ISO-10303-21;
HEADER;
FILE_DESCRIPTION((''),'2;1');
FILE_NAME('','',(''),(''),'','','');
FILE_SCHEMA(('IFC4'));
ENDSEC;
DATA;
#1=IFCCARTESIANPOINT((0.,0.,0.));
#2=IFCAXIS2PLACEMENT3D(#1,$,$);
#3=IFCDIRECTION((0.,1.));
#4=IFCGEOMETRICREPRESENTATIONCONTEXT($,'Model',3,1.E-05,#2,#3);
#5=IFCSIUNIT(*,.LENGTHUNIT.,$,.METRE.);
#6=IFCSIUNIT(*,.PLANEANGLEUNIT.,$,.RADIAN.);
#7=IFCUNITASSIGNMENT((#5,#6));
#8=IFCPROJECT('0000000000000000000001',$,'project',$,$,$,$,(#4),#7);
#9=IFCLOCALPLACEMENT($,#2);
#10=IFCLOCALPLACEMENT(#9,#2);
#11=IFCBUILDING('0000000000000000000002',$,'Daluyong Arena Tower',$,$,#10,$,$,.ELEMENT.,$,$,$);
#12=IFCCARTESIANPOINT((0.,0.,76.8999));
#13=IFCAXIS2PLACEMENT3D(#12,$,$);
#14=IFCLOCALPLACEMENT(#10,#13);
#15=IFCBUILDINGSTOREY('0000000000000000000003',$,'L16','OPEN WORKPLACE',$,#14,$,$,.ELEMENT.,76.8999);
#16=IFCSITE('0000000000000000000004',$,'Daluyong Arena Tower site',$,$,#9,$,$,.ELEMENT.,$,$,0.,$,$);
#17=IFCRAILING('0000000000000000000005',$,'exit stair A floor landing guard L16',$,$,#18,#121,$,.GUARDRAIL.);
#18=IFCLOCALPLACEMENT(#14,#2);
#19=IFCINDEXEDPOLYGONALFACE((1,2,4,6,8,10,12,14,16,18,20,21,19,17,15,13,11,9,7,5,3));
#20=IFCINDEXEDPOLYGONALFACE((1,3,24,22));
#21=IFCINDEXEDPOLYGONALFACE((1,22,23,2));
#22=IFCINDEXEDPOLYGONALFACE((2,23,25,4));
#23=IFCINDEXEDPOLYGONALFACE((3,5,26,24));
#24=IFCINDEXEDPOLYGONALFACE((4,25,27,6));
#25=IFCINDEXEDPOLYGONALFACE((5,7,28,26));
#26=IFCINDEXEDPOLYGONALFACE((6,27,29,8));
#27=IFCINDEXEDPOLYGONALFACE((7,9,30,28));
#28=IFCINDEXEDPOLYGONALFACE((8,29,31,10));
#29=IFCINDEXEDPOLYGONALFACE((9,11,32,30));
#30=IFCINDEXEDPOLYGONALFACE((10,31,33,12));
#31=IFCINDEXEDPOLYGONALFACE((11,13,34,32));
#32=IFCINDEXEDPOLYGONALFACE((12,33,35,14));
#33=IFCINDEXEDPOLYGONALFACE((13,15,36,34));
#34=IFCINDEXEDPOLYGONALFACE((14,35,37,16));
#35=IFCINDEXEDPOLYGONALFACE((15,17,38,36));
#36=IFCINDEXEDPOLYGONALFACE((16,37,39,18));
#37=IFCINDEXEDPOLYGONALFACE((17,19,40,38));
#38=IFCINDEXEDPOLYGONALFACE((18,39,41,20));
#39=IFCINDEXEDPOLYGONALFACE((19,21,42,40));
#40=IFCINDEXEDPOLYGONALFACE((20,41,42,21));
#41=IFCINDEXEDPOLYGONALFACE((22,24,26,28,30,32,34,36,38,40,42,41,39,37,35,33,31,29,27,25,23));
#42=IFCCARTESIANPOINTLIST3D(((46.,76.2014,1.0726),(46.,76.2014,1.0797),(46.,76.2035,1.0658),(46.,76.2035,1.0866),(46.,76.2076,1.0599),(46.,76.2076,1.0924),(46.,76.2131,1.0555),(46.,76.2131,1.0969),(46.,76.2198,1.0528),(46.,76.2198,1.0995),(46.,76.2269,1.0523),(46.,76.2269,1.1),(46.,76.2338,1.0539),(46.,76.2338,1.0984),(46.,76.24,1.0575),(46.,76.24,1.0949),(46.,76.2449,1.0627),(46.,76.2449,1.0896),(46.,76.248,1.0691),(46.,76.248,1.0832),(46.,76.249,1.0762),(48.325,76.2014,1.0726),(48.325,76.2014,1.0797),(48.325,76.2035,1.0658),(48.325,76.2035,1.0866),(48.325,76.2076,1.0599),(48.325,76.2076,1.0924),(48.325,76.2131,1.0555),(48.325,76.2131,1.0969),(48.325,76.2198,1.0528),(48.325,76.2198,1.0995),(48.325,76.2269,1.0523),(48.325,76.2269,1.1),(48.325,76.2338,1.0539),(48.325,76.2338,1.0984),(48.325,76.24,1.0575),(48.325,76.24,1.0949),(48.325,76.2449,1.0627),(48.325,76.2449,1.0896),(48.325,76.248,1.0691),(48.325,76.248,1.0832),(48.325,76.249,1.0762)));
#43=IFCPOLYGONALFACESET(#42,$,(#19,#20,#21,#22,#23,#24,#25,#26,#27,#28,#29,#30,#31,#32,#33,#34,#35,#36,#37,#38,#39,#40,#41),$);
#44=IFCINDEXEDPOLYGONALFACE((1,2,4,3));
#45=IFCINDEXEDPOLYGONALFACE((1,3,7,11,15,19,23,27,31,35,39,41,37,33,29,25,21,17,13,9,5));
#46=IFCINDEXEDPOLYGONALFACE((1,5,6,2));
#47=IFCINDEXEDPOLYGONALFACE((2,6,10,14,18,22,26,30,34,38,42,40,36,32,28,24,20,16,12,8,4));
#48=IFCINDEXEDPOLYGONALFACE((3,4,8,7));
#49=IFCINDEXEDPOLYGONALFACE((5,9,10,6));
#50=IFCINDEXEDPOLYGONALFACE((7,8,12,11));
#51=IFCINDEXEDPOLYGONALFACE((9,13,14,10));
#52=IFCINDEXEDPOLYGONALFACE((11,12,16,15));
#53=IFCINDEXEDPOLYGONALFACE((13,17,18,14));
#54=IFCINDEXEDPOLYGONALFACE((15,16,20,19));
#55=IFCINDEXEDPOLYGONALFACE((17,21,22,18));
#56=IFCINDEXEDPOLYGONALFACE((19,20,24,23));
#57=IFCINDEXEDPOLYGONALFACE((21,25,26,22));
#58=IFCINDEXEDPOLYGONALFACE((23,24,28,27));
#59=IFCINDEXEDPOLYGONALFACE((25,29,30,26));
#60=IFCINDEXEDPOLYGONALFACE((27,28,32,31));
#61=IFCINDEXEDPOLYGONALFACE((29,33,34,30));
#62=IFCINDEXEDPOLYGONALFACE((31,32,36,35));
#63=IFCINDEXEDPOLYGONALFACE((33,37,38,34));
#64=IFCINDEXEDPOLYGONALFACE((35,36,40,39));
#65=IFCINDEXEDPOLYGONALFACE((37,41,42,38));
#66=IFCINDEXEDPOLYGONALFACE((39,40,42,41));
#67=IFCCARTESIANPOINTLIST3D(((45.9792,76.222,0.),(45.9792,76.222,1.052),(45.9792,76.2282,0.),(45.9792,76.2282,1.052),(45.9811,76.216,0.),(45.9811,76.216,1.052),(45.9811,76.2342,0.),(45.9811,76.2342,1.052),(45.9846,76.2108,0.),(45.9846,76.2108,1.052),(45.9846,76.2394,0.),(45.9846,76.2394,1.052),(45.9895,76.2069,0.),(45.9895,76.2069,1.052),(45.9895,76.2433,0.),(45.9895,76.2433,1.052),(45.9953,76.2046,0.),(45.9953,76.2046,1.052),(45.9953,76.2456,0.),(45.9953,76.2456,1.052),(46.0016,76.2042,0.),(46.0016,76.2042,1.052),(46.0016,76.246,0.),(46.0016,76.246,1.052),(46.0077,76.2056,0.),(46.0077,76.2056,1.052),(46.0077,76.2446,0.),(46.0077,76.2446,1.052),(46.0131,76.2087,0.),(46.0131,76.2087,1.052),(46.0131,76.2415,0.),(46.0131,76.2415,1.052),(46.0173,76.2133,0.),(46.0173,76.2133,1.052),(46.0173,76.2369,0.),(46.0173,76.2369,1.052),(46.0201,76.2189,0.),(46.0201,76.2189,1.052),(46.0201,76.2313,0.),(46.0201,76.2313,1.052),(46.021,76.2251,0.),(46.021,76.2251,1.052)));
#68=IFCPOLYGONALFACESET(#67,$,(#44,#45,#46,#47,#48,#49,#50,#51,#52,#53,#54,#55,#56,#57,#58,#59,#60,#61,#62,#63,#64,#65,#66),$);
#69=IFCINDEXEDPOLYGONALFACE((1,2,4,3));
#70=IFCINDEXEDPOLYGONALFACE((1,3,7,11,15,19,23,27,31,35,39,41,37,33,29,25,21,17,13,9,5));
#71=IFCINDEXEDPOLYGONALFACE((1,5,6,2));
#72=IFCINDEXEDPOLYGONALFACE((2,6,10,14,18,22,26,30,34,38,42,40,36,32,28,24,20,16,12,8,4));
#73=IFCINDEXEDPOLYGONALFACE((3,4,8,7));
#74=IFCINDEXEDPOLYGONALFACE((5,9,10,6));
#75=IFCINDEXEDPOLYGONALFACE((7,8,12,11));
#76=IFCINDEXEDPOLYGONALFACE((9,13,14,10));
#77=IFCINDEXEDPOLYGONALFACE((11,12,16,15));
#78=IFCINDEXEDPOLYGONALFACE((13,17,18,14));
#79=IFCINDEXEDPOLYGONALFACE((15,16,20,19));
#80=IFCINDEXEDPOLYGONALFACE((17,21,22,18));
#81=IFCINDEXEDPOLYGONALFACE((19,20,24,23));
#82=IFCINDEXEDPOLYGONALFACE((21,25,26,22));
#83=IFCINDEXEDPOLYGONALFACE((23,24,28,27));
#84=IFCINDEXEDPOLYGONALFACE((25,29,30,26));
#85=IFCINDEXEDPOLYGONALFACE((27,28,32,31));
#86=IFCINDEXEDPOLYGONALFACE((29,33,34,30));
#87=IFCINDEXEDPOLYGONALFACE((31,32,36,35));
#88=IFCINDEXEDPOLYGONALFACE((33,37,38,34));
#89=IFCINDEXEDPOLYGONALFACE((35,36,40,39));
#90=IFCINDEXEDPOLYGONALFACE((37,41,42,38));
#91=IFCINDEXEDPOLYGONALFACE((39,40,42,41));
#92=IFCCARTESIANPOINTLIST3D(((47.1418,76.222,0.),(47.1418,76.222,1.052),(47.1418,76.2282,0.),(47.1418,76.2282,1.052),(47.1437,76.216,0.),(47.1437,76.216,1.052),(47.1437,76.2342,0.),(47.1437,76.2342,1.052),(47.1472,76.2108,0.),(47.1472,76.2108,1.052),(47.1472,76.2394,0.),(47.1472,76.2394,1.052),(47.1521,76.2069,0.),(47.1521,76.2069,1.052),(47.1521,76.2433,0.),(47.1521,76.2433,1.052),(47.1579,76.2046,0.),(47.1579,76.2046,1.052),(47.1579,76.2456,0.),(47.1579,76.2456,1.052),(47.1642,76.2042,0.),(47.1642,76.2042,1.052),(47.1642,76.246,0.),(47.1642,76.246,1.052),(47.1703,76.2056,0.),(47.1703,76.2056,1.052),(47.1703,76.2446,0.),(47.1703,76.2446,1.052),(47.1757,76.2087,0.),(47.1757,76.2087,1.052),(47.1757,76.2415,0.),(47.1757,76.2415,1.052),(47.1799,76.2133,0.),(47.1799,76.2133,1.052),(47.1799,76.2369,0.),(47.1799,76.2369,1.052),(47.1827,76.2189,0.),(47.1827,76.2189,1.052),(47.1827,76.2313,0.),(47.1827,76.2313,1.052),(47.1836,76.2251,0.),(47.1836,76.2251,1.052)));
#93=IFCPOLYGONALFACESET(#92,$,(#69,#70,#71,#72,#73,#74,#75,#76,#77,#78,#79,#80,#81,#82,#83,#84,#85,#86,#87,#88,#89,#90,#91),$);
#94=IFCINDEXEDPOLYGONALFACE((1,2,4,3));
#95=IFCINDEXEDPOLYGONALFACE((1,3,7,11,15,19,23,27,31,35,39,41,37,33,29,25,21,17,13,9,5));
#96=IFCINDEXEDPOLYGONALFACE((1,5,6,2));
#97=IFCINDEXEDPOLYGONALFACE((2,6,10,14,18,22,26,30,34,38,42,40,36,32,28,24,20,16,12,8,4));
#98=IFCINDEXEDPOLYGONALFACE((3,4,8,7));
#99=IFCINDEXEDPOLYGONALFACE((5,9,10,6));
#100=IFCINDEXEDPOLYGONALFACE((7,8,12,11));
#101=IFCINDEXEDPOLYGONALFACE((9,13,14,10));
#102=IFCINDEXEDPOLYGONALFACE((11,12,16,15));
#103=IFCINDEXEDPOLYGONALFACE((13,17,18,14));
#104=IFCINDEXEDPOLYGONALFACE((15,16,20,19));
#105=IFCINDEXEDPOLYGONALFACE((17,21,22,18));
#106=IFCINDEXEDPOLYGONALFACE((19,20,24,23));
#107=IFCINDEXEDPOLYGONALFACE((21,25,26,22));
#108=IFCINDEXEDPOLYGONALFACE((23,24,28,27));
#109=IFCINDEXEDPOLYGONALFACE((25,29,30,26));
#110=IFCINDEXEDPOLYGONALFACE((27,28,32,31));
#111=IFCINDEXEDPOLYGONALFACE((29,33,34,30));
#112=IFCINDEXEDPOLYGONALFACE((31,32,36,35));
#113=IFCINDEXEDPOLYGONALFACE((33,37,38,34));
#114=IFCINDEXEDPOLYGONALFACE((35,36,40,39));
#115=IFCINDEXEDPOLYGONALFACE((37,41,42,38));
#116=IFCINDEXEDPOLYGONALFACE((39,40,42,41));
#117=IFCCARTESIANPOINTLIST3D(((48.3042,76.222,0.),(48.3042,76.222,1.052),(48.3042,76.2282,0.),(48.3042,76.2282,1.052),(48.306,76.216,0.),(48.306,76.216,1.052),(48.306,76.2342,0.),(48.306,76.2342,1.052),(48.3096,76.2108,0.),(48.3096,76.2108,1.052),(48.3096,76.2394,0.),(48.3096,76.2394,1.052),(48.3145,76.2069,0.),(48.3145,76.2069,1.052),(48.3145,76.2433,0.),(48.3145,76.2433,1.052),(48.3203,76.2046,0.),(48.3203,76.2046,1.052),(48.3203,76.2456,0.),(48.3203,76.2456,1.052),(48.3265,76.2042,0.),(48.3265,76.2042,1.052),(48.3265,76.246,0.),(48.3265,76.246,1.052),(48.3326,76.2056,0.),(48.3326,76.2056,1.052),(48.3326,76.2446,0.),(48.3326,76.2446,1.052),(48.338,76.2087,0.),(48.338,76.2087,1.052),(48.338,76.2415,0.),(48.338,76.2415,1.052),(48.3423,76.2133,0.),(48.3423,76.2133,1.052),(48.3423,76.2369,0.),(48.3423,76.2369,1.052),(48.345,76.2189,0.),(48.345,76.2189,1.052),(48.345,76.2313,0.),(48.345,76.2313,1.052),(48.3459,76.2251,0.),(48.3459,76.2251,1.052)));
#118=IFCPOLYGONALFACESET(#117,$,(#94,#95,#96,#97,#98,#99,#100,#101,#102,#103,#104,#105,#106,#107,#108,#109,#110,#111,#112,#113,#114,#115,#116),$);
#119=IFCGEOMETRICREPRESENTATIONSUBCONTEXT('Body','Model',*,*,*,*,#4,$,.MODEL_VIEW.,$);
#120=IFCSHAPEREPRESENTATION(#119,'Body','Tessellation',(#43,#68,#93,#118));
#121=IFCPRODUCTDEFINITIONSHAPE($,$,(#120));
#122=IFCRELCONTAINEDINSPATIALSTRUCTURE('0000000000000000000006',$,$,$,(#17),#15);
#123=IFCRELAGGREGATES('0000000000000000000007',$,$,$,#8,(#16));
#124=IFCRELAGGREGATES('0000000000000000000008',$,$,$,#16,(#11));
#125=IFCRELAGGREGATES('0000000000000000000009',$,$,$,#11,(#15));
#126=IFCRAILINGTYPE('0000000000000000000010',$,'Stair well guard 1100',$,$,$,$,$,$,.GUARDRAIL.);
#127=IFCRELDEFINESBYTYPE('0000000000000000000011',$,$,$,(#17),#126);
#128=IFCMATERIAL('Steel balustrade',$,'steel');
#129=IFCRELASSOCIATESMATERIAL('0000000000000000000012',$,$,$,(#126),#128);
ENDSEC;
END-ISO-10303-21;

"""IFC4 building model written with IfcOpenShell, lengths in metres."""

from ifc_helpers import new_model, si_unit, direction, frame, origin, origin_2d, place, context, subcontext, project, spatial, circle, extrude, material, type_object, element, save


model = new_model("IFC4")

# Units and contexts
model_context = context("Model", 3, precision=1e-05, world=origin(), true_north=direction((0.0, 1.0)))
body_context = subcontext(model_context, "Body", "Model", "MODEL_VIEW")
ifc_project = project(units=[si_unit("LENGTHUNIT", "METRE"), si_unit("PLANEANGLEUNIT", "RADIAN")], contexts=[model_context])

# Site, building, storey
site_placement = place(None, origin())
site = spatial("IfcSite", under=ifc_project, at=site_placement, Name="Daluyong Arena Tower site", CompositionType="ELEMENT", RefElevation=0.0)
building_placement = place(site_placement, origin())
building = spatial("IfcBuilding", under=site, at=building_placement, Name="Daluyong Arena Tower", CompositionType="ELEMENT")
storey_placement = place(building_placement, frame((0.0, 0.0, 76.8999)))
storey = spatial("IfcBuildingStorey", under=building, at=storey_placement, Name="L16", Description="OPEN WORKPLACE", CompositionType="ELEMENT", Elevation=76.8999)

# Railing
ifc_material_1 = material(Name="Steel balustrade", Category="steel")
railing_type = type_object("IfcRailingType", Name="Stair well guard 1100", PredefinedType="GUARDRAIL", material=ifc_material_1)
railing_placement = place(storey_placement, frame((46.0, 76.2251, 0.0)))
element("IfcRailing", 1, at=railing_placement, inside=storey, type_object=railing_type, Name="exit stair A floor landing guard L16", PredefinedType="GUARDRAIL", context=body_context, shape_type="SweptSolid", body=[
    extrude(circle(Radius=0.0239, at=origin_2d()), frame((0.0, 0.0, 1.0762), z_axis=(1.0, 0.0, 0.0), x_axis=(0.0, 1.0, 0.0)), (0.0, 0.0, 1.0), 2.325),
    extrude(circle(Radius=0.021, at=origin_2d()), origin(), (0.0, 0.0, 1.0), 1.052),
    extrude(circle(Radius=0.021, at=origin_2d()), frame((1.1626, 0.0, 0.0)), (0.0, 0.0, 1.0), 1.052),
    extrude(circle(Radius=0.021, at=origin_2d()), frame((2.325, 0.0, 0.0)), (0.0, 0.0, 1.0), 1.052),
])

save(model, "model.ifc")
